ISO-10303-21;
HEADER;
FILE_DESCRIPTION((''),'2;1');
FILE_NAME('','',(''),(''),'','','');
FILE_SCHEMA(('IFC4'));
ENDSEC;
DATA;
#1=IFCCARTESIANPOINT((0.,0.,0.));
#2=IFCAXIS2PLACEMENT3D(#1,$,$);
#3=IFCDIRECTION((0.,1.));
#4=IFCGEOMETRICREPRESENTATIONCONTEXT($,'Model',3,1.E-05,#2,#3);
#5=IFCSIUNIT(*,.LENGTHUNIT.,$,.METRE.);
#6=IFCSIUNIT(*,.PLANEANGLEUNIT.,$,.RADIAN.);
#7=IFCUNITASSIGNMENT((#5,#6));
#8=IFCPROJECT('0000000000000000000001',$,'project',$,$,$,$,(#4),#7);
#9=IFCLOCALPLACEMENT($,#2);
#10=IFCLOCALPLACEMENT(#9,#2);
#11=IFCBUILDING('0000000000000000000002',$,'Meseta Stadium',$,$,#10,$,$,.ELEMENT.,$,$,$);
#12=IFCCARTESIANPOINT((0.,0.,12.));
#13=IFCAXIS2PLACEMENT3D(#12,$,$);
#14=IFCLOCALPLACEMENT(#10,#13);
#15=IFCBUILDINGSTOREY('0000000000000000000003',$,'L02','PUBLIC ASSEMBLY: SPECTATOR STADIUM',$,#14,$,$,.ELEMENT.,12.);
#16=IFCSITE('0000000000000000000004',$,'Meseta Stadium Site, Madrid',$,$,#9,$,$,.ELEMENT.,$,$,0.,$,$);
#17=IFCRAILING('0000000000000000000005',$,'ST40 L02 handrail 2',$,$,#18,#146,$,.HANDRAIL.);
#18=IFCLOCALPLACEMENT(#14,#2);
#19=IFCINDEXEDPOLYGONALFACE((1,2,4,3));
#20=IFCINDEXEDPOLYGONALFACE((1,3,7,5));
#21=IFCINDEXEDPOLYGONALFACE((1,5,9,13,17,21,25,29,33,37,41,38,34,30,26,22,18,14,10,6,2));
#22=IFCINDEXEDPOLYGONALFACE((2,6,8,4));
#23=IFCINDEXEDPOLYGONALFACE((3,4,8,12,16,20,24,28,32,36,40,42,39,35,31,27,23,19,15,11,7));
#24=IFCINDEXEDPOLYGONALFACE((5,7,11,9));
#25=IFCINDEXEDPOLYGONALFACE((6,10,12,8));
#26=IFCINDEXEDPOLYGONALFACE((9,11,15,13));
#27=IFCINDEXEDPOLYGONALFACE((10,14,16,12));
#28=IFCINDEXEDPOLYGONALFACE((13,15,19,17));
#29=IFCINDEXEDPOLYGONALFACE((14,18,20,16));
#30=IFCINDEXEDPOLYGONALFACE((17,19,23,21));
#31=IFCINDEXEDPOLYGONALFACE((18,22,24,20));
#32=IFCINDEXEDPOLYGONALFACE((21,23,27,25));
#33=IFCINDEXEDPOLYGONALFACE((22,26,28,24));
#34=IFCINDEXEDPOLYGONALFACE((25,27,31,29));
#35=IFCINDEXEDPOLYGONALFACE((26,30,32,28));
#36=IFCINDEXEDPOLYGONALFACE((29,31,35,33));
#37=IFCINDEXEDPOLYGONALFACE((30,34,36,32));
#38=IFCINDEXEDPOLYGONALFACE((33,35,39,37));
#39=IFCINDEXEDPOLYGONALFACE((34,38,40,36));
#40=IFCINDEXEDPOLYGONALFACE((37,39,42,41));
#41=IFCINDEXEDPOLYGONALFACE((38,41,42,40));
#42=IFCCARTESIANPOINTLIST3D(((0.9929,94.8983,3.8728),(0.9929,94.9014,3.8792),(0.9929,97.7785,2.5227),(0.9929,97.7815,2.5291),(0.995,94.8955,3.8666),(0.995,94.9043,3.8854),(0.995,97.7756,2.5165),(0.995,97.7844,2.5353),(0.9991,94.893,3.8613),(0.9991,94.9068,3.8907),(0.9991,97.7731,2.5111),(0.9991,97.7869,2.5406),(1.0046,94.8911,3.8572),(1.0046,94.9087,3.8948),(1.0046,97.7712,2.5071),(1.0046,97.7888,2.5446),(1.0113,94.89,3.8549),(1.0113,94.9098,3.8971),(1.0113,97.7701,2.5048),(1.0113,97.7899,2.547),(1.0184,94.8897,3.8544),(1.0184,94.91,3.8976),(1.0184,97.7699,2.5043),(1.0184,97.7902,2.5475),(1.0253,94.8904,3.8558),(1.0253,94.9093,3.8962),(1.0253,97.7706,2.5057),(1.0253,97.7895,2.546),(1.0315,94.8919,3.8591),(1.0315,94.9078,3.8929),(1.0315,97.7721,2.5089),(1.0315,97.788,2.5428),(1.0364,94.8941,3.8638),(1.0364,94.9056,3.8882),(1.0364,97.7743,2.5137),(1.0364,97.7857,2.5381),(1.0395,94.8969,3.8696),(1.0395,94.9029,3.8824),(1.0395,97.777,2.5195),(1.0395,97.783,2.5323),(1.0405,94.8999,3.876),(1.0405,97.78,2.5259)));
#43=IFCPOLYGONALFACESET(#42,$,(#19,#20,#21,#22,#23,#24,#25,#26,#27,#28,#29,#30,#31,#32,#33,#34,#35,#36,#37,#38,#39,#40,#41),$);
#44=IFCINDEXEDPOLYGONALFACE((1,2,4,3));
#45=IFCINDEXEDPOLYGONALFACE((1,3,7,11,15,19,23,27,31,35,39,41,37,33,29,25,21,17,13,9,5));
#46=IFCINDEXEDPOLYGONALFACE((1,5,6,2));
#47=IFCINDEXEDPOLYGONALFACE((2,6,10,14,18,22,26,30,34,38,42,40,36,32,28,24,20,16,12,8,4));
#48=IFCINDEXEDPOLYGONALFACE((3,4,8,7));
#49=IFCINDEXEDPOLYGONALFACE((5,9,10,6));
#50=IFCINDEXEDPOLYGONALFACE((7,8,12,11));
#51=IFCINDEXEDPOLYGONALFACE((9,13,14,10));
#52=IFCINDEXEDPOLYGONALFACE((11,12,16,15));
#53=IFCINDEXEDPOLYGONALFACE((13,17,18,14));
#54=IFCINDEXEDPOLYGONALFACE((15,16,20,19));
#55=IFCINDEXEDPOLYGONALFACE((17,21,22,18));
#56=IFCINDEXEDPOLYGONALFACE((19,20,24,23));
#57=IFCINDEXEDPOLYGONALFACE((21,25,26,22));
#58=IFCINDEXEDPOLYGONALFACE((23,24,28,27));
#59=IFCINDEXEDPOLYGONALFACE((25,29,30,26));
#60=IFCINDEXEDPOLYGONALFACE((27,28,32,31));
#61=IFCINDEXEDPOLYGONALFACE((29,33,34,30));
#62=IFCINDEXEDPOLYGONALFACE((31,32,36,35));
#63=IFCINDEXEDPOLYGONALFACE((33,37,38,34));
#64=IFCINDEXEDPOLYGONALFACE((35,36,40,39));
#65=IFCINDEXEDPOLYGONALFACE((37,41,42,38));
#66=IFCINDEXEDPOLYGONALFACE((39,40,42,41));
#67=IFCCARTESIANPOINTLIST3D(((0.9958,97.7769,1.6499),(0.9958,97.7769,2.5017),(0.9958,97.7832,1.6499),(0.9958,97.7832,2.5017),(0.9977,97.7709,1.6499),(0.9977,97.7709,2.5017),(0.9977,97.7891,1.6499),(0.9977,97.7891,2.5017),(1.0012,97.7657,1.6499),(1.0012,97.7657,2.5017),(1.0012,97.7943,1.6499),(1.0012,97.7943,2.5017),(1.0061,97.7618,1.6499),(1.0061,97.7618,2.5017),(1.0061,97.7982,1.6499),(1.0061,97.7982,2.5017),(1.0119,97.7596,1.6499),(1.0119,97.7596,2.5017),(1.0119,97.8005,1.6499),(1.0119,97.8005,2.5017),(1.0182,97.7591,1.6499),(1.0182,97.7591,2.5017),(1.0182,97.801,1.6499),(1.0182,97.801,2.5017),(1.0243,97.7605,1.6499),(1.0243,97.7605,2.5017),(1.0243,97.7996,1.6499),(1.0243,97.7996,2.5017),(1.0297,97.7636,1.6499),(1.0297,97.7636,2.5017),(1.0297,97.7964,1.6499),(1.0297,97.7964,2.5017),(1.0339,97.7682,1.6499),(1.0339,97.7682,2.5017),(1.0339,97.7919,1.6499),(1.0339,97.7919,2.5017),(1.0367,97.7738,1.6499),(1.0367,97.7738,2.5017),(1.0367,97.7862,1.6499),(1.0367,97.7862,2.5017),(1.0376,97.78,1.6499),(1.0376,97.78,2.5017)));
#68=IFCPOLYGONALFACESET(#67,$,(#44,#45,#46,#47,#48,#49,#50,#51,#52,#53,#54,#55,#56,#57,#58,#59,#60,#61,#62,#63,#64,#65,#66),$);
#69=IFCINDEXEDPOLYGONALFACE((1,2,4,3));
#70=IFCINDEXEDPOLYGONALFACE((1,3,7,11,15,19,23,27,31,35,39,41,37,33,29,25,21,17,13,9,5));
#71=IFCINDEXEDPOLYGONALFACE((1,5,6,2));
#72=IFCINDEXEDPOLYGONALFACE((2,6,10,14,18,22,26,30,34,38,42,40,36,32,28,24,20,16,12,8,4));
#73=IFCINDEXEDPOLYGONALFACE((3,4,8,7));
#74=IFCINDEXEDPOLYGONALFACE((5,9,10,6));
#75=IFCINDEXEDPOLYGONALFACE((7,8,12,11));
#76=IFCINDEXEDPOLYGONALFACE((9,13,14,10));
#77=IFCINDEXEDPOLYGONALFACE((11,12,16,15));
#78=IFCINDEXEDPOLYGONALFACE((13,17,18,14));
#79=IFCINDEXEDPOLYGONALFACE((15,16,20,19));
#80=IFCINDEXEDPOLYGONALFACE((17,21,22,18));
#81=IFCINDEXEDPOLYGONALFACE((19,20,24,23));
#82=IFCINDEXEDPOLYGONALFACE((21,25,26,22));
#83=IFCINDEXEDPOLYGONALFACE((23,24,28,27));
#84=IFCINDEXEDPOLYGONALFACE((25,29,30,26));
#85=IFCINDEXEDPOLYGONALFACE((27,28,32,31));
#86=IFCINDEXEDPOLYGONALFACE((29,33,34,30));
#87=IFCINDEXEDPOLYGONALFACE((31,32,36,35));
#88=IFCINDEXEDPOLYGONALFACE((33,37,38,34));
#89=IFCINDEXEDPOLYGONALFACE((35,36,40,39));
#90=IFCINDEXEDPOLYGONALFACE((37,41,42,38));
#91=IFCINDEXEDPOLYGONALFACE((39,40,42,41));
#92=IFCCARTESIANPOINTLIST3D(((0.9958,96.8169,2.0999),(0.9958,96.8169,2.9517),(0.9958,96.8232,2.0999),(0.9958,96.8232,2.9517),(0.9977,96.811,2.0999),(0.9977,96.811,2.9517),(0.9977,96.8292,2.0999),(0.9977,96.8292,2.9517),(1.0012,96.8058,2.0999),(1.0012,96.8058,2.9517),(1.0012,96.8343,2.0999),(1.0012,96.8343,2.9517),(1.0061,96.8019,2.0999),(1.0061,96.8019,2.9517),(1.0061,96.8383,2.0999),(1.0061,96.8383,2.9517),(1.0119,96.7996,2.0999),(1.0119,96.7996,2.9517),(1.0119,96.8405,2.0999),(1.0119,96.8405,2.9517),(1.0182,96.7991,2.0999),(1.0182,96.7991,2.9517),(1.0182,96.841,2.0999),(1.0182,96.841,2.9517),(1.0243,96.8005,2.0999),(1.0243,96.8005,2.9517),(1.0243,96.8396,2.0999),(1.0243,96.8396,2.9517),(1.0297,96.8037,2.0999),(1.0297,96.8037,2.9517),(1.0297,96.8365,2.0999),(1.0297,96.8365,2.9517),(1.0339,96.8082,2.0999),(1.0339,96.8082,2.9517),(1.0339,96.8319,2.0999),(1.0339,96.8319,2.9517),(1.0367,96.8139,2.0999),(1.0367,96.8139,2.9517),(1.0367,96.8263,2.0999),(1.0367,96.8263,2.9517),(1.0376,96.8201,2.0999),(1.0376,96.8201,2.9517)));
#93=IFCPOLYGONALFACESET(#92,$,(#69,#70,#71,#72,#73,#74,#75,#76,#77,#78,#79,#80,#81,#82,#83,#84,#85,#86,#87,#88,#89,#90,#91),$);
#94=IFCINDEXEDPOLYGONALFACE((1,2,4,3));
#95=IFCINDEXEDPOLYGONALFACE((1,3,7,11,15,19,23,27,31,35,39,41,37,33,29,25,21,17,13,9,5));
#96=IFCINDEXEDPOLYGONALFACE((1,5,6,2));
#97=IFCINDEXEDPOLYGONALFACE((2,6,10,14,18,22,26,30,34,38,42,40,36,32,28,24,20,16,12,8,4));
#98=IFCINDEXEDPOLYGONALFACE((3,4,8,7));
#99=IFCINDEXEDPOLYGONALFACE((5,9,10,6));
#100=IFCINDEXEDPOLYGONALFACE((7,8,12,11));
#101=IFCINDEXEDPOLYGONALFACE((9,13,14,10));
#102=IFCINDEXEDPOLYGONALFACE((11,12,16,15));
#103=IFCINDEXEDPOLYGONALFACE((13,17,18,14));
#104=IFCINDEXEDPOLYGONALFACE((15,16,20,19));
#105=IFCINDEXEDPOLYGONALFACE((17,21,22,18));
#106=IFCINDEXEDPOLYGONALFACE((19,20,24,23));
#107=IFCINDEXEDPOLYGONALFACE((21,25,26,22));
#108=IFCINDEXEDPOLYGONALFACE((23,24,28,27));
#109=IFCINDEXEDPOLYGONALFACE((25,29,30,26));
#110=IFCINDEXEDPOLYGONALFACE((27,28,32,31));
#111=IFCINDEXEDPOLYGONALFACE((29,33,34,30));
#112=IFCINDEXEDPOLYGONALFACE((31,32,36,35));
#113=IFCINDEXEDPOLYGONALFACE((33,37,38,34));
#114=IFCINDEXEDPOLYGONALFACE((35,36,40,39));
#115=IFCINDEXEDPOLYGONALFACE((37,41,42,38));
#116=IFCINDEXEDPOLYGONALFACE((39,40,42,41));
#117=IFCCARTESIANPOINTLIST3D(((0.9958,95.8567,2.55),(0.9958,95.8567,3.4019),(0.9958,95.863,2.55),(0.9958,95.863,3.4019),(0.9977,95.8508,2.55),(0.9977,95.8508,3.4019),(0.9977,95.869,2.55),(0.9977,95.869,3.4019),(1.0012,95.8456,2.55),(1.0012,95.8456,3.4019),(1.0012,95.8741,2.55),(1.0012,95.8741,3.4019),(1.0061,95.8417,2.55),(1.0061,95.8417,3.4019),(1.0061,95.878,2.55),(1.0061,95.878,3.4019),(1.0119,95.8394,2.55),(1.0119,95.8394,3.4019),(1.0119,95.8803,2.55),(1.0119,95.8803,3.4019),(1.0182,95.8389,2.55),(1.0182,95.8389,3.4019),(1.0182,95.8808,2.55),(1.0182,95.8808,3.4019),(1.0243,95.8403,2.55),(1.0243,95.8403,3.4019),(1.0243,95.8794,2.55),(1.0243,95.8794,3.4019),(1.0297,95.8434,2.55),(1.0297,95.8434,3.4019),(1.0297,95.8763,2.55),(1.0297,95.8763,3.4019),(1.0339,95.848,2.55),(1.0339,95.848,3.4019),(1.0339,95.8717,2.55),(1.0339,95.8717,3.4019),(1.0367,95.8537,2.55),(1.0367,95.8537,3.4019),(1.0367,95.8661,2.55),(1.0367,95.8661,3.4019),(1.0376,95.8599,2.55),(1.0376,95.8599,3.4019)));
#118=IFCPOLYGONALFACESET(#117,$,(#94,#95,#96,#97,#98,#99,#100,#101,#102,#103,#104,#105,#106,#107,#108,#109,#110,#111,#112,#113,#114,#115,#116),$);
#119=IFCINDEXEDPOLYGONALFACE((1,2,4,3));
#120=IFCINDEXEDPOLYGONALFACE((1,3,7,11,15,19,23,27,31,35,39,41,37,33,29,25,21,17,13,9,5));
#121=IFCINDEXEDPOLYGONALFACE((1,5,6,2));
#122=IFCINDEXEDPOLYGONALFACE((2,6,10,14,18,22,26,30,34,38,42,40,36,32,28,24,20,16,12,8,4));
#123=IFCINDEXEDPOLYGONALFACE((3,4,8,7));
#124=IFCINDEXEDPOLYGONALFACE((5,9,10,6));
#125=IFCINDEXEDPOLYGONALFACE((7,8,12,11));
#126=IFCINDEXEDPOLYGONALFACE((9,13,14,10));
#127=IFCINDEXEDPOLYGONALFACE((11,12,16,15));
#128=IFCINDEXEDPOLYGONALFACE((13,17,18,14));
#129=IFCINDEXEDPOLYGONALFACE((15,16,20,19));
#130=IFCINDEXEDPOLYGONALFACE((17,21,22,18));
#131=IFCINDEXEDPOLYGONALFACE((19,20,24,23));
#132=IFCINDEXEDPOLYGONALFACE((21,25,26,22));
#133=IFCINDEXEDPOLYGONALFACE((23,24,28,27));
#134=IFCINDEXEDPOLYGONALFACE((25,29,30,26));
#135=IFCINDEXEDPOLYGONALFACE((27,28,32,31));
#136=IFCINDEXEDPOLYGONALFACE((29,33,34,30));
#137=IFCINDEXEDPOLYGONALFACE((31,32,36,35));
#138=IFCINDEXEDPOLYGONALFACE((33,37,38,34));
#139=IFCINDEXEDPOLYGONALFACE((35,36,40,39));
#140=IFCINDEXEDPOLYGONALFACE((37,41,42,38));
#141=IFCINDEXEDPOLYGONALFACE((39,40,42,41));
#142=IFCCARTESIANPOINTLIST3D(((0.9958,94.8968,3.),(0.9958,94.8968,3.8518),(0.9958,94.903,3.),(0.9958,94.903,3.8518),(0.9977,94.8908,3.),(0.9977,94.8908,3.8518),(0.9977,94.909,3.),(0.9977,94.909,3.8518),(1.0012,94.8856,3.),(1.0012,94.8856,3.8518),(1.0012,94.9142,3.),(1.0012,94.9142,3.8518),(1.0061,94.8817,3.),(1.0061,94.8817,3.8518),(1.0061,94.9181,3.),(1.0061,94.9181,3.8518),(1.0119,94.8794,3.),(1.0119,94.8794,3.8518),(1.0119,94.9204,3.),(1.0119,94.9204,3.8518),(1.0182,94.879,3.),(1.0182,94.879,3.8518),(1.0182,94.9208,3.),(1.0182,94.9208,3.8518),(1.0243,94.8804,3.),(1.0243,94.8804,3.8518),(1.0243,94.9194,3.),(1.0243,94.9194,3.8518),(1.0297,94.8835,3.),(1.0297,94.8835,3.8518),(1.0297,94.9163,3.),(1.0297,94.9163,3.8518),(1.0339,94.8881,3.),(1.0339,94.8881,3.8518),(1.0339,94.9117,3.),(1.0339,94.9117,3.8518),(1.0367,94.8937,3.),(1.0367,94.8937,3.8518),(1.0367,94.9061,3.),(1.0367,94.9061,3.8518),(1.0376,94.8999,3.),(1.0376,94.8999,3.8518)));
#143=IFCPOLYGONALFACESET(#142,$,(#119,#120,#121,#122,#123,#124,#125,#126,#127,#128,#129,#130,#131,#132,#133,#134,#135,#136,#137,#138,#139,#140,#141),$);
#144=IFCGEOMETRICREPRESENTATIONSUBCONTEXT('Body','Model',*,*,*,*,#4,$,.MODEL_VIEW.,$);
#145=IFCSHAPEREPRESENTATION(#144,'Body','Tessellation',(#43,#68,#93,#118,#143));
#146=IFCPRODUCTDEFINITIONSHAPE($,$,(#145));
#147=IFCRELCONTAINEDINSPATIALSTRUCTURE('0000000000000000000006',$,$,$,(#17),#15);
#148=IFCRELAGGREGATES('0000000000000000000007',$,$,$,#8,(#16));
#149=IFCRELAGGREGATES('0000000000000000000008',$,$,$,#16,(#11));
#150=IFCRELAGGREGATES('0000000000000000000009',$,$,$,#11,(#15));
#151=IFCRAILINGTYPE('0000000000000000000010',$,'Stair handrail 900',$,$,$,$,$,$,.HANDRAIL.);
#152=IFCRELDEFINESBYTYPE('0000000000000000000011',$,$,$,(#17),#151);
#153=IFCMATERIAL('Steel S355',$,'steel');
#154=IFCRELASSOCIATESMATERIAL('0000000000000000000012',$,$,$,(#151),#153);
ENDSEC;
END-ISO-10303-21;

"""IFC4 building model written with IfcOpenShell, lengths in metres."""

from ifc_helpers import new_model, si_unit, direction, frame, origin, origin_2d, place, context, subcontext, project, spatial, circle, extrude, material, type_object, element, save


model = new_model("IFC4")

# Units and contexts
model_context = context("Model", 3, precision=1e-05, world=origin(), true_north=direction((0.0, 1.0)))
body_context = subcontext(model_context, "Body", "Model", "MODEL_VIEW")
ifc_project = project(units=[si_unit("LENGTHUNIT", "METRE"), si_unit("PLANEANGLEUNIT", "RADIAN")], contexts=[model_context])

# Site, building, storey
site_placement = place(None, origin())
site = spatial("IfcSite", under=ifc_project, at=site_placement, Name="Meseta Stadium Site, Madrid", CompositionType="ELEMENT", RefElevation=0.0)
building_placement = place(site_placement, origin())
building = spatial("IfcBuilding", under=site, at=building_placement, Name="Meseta Stadium", CompositionType="ELEMENT")
storey_placement = place(building_placement, frame((0.0, 0.0, 12.0)))
storey = spatial("IfcBuildingStorey", under=building, at=storey_placement, Name="L02", Description="PUBLIC ASSEMBLY: SPECTATOR STADIUM", CompositionType="ELEMENT", Elevation=12.0)

# Railing
ifc_material_1 = material(Name="Steel S355", Category="steel")
railing_type_1 = type_object("IfcRailingType", Name="Stair handrail 900", PredefinedType="HANDRAIL", material=ifc_material_1)
railing_1_placement = place(storey_placement, frame((1.0166, 97.78, 1.6499)))
element("IfcRailing", 1, at=railing_1_placement, inside=storey, type_object=railing_type_1, Name="ST40 L02 handrail 2", PredefinedType="HANDRAIL", context=body_context, shape_type="SweptSolid", body=[
    extrude(circle(Radius=0.0239, at=origin_2d()), frame((0.0, 0.0, 0.876), z_axis=(0.0, -0.905454, 0.424444), x_axis=(1.0, 0.0, 0.0)), (0.0, 0.0, 1.0), 3.1809),
    extrude(circle(Radius=0.021, at=origin_2d()), origin(), (0.0, 0.0, 1.0), 0.8518),
    extrude(circle(Radius=0.021, at=origin_2d()), frame((0.0, -0.96, 0.45)), (0.0, 0.0, 1.0), 0.8518),
    extrude(circle(Radius=0.021, at=origin_2d()), frame((0.0, -1.9202, 0.9001)), (0.0, 0.0, 1.0), 0.8518),
    extrude(circle(Radius=0.021, at=origin_2d()), frame((0.0, -2.8801, 1.3501)), (0.0, 0.0, 1.0), 0.8518),
])

save(model, "model.ifc")
